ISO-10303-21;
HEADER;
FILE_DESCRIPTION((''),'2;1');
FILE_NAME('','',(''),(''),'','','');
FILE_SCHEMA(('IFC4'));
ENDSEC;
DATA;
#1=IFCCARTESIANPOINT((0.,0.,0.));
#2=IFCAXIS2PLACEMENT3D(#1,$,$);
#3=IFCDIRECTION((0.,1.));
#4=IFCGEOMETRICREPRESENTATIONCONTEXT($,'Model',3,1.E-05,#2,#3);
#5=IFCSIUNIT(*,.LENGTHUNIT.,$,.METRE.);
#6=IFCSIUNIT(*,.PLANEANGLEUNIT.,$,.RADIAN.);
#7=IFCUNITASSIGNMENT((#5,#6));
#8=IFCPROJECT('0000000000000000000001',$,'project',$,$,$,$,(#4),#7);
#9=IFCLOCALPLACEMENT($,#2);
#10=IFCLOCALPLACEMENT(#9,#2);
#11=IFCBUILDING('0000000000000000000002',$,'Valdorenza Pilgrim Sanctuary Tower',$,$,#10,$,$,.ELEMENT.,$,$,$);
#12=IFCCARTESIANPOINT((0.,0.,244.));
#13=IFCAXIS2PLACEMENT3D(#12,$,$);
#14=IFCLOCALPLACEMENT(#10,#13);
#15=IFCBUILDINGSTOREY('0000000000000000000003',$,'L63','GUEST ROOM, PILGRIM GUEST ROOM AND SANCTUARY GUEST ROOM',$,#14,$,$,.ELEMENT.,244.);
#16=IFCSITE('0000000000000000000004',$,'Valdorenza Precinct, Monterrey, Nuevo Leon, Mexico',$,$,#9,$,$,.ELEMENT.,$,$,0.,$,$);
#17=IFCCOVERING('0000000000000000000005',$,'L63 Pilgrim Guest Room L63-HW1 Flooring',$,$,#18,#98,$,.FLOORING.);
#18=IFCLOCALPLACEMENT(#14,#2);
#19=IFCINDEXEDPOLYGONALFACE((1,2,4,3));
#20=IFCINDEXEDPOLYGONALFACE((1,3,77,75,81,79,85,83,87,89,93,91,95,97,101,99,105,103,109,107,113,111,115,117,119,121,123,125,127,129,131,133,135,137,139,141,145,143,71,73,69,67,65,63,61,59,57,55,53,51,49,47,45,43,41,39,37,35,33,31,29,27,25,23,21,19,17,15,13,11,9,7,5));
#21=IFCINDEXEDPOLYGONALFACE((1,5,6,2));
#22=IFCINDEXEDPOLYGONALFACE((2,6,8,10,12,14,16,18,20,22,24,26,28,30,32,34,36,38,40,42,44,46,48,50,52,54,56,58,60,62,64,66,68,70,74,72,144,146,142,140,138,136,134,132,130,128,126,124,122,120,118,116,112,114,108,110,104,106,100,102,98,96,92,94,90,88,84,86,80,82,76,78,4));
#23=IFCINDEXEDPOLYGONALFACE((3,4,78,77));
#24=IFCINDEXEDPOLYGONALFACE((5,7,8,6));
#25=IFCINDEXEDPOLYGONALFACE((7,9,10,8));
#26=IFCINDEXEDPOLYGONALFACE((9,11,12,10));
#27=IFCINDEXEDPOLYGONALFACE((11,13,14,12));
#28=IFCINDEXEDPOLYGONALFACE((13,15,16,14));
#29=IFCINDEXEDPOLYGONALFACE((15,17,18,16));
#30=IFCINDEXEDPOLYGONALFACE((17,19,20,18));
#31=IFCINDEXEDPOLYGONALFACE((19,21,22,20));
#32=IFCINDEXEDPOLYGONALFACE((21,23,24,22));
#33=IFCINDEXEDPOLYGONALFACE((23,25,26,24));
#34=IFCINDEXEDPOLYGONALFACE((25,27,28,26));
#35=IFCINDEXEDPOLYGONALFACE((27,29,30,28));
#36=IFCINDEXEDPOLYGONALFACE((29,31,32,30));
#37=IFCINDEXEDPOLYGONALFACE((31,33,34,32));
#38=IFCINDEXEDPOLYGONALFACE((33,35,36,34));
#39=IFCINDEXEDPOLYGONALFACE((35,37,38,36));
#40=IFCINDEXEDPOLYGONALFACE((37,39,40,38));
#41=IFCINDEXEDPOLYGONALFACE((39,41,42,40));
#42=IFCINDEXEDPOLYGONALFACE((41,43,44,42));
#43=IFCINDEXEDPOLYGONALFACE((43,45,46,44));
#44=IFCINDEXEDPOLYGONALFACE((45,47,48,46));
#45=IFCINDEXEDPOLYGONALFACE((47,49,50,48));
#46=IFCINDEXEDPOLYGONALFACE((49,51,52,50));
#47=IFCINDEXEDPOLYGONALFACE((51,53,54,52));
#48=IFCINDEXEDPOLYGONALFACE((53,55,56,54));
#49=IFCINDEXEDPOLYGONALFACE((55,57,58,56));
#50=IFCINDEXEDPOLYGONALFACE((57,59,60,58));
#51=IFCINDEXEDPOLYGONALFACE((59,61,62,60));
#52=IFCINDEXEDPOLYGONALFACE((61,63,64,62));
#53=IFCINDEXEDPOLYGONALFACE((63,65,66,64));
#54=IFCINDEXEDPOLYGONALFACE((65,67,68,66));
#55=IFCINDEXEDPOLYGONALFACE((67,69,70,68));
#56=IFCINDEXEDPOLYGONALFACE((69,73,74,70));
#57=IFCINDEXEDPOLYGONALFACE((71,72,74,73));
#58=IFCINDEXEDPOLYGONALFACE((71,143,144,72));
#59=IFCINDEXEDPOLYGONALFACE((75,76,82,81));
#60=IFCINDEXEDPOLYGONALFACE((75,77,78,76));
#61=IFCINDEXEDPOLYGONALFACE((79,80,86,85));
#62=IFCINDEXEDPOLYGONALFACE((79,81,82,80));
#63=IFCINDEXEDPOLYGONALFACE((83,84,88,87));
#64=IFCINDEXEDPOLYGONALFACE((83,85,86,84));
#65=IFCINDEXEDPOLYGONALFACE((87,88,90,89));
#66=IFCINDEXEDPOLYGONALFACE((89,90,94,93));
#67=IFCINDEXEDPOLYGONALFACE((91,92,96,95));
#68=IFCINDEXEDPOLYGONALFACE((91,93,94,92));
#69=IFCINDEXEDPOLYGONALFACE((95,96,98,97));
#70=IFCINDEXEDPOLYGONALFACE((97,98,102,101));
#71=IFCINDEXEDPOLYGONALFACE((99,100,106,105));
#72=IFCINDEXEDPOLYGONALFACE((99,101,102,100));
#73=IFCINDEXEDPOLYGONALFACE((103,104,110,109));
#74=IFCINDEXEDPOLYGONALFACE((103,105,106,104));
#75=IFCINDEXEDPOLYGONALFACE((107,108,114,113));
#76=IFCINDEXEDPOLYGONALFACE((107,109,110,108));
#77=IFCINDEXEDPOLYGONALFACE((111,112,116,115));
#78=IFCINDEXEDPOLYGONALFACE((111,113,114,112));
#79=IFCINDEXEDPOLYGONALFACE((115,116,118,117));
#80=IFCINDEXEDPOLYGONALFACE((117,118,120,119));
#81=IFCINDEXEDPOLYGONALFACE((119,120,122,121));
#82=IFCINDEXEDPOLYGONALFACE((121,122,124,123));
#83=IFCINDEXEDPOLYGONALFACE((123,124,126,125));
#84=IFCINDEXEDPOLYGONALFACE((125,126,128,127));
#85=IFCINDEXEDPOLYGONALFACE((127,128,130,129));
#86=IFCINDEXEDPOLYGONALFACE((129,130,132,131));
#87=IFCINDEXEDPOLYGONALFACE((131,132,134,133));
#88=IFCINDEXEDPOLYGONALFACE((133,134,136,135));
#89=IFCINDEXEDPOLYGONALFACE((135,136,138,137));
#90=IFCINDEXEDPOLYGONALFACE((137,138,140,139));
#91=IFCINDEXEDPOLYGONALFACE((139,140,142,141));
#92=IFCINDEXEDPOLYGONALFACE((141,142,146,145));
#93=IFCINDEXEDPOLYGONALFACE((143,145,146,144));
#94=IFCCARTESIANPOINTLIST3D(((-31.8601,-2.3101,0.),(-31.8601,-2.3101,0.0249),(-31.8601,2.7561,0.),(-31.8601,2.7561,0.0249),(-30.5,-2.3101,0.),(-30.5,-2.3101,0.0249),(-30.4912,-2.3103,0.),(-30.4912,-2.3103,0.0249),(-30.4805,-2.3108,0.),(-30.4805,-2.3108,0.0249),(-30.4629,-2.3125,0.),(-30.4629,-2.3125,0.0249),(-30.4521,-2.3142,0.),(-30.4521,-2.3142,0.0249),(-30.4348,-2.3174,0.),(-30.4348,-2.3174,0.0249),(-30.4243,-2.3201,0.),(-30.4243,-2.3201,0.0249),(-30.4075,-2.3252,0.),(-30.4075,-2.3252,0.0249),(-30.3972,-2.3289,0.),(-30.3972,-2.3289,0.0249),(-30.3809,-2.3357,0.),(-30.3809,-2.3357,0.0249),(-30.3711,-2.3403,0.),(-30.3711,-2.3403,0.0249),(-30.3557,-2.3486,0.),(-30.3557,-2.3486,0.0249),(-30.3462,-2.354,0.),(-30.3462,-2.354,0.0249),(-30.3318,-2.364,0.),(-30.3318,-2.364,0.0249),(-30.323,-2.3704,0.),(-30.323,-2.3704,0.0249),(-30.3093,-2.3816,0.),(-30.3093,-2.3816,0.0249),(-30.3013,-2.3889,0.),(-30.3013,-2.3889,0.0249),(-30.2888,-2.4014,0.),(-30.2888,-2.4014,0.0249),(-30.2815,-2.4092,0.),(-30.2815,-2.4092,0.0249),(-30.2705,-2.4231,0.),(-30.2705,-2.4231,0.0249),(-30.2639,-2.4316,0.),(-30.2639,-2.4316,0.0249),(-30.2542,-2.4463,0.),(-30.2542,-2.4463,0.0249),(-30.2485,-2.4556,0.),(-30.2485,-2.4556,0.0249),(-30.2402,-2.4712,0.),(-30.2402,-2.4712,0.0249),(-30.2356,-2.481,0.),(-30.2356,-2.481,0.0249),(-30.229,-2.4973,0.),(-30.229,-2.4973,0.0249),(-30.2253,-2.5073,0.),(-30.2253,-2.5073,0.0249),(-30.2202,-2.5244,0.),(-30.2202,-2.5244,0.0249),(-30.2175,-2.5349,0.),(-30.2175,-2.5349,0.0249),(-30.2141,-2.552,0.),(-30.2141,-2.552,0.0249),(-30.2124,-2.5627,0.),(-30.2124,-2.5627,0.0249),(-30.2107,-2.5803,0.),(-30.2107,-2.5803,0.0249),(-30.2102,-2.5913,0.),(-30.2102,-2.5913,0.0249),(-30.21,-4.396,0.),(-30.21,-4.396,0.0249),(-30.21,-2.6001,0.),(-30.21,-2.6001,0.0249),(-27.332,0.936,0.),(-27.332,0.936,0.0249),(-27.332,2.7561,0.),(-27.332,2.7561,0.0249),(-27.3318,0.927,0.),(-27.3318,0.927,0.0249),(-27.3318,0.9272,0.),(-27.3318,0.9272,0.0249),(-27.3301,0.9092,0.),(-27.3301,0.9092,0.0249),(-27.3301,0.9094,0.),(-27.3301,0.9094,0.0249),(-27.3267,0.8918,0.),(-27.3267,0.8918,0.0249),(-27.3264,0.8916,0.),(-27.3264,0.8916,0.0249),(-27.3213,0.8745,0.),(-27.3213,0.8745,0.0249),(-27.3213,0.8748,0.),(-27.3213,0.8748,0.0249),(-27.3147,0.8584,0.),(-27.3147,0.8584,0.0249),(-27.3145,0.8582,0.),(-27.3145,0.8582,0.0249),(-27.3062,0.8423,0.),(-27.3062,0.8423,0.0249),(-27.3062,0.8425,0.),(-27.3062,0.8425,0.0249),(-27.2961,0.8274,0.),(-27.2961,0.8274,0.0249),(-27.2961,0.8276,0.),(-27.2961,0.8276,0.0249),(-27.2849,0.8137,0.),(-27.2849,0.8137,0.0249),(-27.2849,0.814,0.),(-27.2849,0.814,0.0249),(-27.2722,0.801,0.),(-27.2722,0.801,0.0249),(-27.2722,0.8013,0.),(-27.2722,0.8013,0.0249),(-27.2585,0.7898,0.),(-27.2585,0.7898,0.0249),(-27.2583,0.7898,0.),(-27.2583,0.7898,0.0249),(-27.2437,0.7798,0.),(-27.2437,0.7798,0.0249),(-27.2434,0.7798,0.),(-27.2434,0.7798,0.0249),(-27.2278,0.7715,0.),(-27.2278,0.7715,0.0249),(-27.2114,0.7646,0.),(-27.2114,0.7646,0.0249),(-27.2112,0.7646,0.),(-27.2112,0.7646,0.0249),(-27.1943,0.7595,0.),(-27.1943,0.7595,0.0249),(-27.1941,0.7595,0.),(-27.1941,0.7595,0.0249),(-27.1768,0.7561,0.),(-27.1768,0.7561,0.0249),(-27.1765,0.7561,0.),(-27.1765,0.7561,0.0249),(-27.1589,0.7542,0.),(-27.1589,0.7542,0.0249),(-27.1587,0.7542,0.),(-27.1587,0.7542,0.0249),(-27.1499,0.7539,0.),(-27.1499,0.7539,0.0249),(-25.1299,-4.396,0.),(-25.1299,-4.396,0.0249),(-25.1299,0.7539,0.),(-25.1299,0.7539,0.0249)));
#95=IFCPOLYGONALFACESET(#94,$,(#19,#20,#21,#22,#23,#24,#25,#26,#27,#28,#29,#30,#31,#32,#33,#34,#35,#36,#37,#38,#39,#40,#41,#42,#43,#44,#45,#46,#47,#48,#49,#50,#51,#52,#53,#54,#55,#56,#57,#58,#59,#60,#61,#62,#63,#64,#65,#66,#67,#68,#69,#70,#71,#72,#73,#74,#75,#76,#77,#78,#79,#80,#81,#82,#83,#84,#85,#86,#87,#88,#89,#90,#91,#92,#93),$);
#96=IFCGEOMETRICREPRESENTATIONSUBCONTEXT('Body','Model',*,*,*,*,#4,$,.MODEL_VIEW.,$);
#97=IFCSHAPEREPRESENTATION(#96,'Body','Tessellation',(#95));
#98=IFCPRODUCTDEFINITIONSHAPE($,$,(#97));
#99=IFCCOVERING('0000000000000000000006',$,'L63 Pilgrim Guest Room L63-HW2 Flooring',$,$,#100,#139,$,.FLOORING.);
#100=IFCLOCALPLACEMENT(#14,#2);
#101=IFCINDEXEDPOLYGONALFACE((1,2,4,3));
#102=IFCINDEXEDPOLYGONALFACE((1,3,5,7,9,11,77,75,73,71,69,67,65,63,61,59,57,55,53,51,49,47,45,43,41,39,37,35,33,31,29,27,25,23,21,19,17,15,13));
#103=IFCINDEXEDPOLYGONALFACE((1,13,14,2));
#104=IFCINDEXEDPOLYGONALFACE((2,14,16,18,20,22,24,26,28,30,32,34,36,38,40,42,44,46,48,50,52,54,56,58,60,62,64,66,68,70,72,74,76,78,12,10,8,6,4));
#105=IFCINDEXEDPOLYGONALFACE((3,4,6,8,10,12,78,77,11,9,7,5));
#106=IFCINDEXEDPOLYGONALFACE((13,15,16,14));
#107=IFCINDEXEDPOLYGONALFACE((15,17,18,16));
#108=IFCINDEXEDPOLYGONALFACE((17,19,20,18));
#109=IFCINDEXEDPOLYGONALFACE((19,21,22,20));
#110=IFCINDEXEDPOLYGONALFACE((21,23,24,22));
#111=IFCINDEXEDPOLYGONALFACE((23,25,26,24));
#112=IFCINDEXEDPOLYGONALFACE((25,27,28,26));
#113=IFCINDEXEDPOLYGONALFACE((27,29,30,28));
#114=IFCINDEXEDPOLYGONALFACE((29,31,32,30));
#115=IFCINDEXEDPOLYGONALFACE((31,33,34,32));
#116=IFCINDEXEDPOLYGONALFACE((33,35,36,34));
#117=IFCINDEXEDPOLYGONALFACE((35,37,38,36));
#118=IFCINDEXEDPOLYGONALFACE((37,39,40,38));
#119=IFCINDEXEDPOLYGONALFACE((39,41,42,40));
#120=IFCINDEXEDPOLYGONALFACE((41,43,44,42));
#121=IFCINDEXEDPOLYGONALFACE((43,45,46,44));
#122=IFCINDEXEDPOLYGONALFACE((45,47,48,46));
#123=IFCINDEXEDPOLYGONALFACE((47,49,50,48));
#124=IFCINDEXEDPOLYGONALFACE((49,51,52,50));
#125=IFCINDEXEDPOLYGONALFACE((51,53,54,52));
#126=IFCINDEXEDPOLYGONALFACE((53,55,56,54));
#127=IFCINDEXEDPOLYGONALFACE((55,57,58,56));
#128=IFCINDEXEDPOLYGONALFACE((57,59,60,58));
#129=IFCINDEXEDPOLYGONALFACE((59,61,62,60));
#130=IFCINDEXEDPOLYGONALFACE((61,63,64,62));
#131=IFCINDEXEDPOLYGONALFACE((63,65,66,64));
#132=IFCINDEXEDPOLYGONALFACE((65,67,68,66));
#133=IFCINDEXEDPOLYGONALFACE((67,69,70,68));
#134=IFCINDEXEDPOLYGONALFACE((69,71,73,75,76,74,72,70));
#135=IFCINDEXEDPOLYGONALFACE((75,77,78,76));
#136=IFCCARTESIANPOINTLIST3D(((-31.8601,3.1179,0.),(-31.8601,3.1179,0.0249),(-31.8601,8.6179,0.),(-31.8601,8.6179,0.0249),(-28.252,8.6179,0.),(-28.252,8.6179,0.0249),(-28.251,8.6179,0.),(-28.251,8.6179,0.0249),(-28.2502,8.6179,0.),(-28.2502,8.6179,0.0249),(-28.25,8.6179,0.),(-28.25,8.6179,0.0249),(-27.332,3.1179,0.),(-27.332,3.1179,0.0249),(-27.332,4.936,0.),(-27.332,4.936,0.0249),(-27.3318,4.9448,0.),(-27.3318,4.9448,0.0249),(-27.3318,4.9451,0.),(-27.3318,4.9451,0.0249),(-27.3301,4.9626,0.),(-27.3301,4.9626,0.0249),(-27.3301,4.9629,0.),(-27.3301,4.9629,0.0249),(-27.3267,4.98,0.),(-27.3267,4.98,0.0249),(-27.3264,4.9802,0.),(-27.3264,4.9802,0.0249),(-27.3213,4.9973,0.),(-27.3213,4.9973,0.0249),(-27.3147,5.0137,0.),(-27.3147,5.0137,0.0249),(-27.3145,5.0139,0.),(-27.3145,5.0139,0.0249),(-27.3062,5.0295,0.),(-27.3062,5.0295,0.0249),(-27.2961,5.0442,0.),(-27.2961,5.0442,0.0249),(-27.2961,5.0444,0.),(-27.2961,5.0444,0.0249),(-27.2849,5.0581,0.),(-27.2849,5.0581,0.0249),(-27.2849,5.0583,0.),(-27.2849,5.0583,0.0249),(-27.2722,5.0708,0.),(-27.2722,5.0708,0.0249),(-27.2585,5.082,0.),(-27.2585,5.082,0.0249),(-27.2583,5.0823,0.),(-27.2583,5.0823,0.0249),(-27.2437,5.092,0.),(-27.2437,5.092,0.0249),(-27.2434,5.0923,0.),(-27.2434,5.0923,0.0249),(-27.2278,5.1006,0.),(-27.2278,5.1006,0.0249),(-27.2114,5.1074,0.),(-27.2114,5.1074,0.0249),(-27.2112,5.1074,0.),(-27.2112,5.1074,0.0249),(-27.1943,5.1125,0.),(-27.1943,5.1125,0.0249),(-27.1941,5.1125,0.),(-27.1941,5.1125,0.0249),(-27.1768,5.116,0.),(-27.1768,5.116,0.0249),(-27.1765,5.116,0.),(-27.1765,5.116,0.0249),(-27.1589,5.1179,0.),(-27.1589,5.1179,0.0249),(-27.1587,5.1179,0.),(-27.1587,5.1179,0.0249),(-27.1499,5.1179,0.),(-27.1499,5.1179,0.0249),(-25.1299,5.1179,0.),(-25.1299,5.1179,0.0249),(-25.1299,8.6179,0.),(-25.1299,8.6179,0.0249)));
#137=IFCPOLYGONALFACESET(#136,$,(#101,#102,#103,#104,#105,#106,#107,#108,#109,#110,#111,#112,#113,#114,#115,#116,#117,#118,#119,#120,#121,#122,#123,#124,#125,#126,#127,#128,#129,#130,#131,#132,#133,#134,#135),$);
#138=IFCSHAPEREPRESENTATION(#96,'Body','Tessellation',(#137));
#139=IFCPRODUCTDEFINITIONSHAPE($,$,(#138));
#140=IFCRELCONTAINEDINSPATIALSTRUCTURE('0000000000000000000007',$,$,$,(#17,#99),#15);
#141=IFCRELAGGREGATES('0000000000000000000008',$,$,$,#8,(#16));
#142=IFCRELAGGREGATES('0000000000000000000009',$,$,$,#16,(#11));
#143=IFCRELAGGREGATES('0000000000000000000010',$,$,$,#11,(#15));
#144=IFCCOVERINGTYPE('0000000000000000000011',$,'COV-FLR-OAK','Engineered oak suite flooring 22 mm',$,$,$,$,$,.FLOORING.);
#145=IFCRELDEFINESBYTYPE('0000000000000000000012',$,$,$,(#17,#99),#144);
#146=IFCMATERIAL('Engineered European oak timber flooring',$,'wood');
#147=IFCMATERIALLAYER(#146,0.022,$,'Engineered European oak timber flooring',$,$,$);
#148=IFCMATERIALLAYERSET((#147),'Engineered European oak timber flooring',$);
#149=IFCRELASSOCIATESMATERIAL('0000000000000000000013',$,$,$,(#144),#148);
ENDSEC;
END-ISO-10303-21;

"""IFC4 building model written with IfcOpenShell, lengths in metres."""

from ifc_helpers import new_model, si_unit, direction, frame, origin, place, context, subcontext, project, spatial, polyline, outline, extrude, material, layer, layer_set, type_object, element, save


model = new_model("IFC4")

# Units and contexts
model_context = context("Model", 3, precision=1e-05, world=origin(), true_north=direction((0.0, 1.0)))
body_context = subcontext(model_context, "Body", "Model", "MODEL_VIEW")
ifc_project = project(units=[si_unit("LENGTHUNIT", "METRE"), si_unit("PLANEANGLEUNIT", "RADIAN")], contexts=[model_context])

# Site, building, storey
site_placement = place(None, origin())
site = spatial("IfcSite", under=ifc_project, at=site_placement, Name="Valdorenza Precinct, Monterrey, Nuevo Leon, Mexico", CompositionType="ELEMENT", RefElevation=0.0)
building_placement = place(site_placement, origin())
building = spatial("IfcBuilding", under=site, at=building_placement, Name="Valdorenza Pilgrim Sanctuary Tower", CompositionType="ELEMENT")
storey_placement = place(building_placement, frame((0.0, 0.0, 244.0)))
storey = spatial("IfcBuildingStorey", under=building, at=storey_placement, Name="L63", Description="GUEST ROOM, PILGRIM GUEST ROOM AND SANCTUARY GUEST ROOM", CompositionType="ELEMENT", Elevation=244.0)

# Coverings
ifc_material_1 = material(Name="Engineered European oak timber flooring", Category="wood")
ifc_layer_1 = layer(ifc_material_1, 0.022, Name="Engineered European oak timber flooring")
ifc_layer_set_1 = layer_set([ifc_layer_1], Name="Engineered European oak timber flooring")
covering_type_1 = type_object("IfcCoveringType", Name="COV-FLR-OAK", Description="Engineered oak suite flooring 22 mm", PredefinedType="FLOORING", material=ifc_layer_set_1)
covering_1_placement = place(storey_placement, origin())
element("IfcCovering", 1, at=covering_1_placement, inside=storey, type_object=covering_type_1, Name="L63 Pilgrim Guest Room L63-HW1 Flooring", PredefinedType="FLOORING", context=body_context, shape_type="SweptSolid", body=[
    extrude(outline(polyline([(-30.21, -2.6001), (-30.2102, -2.5913), (-30.2107, -2.5803), (-30.2124, -2.5627), (-30.2141, -2.552), (-30.2175, -2.5349), (-30.2202, -2.5244), (-30.2253, -2.5073), (-30.229, -2.4973), (-30.2356, -2.481), (-30.2402, -2.4712), (-30.2485, -2.4556), (-30.2542, -2.4463), (-30.2639, -2.4316), (-30.2705, -2.4231), (-30.2815, -2.4092), (-30.2888, -2.4014), (-30.3013, -2.3889), (-30.3093, -2.3816), (-30.323, -2.3704), (-30.3318, -2.364), (-30.3462, -2.354), (-30.3557, -2.3486), (-30.3711, -2.3403), (-30.3809, -2.3357), (-30.3972, -2.3289), (-30.4075, -2.3252), (-30.4243, -2.3201), (-30.4348, -2.3174), (-30.4521, -2.3142), (-30.4629, -2.3125), (-30.4805, -2.3108), (-30.4912, -2.3103), (-30.5, -2.3101), (-31.8601, -2.3101), (-31.8601, 2.7561), (-27.332, 2.7561), (-27.332, 0.936), (-27.3318, 0.9272), (-27.3318, 0.927), (-27.3301, 0.9094), (-27.3301, 0.9092), (-27.3267, 0.8918), (-27.3264, 0.8916), (-27.3213, 0.8748), (-27.3213, 0.8745), (-27.3147, 0.8584), (-27.3145, 0.8582), (-27.3062, 0.8425), (-27.3062, 0.8423), (-27.2961, 0.8276), (-27.2961, 0.8274), (-27.2849, 0.814), (-27.2849, 0.8137), (-27.2722, 0.8013), (-27.2722, 0.801), (-27.2585, 0.7898), (-27.2583, 0.7898), (-27.2437, 0.7798), (-27.2434, 0.7798), (-27.2278, 0.7715), (-27.2278, 0.7715), (-27.2114, 0.7646), (-27.2112, 0.7646), (-27.1943, 0.7595), (-27.1941, 0.7595), (-27.1768, 0.7561), (-27.1765, 0.7561), (-27.1589, 0.7542), (-27.1587, 0.7542), (-27.1499, 0.7539), (-25.1299, 0.7539), (-25.1299, -4.396), (-30.21, -4.396), (-30.21, -2.6001)])), origin(), (0.0, 0.0, 1.0), 0.0249),
])
covering_2_placement = place(storey_placement, origin())
element("IfcCovering", 2, at=covering_2_placement, inside=storey, type_object=covering_type_1, Name="L63 Pilgrim Guest Room L63-HW2 Flooring", PredefinedType="FLOORING", context=body_context, shape_type="SweptSolid", body=[
    extrude(outline(polyline([(-28.2502, 8.6179), (-28.25, 8.6179), (-25.1299, 8.6179), (-25.1299, 5.1179), (-27.1499, 5.1179), (-27.1587, 5.1179), (-27.1589, 5.1179), (-27.1765, 5.116), (-27.1768, 5.116), (-27.1941, 5.1125), (-27.1943, 5.1125), (-27.2112, 5.1074), (-27.2114, 5.1074), (-27.2278, 5.1006), (-27.2278, 5.1006), (-27.2434, 5.0923), (-27.2437, 5.092), (-27.2583, 5.0823), (-27.2585, 5.082), (-27.2722, 5.0708), (-27.2722, 5.0708), (-27.2849, 5.0583), (-27.2849, 5.0581), (-27.2961, 5.0444), (-27.2961, 5.0442), (-27.3062, 5.0295), (-27.3062, 5.0295), (-27.3145, 5.0139), (-27.3147, 5.0137), (-27.3213, 4.9973), (-27.3213, 4.9973), (-27.3264, 4.9802), (-27.3267, 4.98), (-27.3301, 4.9629), (-27.3301, 4.9626), (-27.3318, 4.9451), (-27.3318, 4.9448), (-27.332, 4.936), (-27.332, 3.1179), (-31.8601, 3.1179), (-31.8601, 8.6179), (-28.252, 8.6179), (-28.251, 8.6179), (-28.2502, 8.6179)])), origin(), (0.0, 0.0, 1.0), 0.0249),
])

save(model, "model.ifc")
